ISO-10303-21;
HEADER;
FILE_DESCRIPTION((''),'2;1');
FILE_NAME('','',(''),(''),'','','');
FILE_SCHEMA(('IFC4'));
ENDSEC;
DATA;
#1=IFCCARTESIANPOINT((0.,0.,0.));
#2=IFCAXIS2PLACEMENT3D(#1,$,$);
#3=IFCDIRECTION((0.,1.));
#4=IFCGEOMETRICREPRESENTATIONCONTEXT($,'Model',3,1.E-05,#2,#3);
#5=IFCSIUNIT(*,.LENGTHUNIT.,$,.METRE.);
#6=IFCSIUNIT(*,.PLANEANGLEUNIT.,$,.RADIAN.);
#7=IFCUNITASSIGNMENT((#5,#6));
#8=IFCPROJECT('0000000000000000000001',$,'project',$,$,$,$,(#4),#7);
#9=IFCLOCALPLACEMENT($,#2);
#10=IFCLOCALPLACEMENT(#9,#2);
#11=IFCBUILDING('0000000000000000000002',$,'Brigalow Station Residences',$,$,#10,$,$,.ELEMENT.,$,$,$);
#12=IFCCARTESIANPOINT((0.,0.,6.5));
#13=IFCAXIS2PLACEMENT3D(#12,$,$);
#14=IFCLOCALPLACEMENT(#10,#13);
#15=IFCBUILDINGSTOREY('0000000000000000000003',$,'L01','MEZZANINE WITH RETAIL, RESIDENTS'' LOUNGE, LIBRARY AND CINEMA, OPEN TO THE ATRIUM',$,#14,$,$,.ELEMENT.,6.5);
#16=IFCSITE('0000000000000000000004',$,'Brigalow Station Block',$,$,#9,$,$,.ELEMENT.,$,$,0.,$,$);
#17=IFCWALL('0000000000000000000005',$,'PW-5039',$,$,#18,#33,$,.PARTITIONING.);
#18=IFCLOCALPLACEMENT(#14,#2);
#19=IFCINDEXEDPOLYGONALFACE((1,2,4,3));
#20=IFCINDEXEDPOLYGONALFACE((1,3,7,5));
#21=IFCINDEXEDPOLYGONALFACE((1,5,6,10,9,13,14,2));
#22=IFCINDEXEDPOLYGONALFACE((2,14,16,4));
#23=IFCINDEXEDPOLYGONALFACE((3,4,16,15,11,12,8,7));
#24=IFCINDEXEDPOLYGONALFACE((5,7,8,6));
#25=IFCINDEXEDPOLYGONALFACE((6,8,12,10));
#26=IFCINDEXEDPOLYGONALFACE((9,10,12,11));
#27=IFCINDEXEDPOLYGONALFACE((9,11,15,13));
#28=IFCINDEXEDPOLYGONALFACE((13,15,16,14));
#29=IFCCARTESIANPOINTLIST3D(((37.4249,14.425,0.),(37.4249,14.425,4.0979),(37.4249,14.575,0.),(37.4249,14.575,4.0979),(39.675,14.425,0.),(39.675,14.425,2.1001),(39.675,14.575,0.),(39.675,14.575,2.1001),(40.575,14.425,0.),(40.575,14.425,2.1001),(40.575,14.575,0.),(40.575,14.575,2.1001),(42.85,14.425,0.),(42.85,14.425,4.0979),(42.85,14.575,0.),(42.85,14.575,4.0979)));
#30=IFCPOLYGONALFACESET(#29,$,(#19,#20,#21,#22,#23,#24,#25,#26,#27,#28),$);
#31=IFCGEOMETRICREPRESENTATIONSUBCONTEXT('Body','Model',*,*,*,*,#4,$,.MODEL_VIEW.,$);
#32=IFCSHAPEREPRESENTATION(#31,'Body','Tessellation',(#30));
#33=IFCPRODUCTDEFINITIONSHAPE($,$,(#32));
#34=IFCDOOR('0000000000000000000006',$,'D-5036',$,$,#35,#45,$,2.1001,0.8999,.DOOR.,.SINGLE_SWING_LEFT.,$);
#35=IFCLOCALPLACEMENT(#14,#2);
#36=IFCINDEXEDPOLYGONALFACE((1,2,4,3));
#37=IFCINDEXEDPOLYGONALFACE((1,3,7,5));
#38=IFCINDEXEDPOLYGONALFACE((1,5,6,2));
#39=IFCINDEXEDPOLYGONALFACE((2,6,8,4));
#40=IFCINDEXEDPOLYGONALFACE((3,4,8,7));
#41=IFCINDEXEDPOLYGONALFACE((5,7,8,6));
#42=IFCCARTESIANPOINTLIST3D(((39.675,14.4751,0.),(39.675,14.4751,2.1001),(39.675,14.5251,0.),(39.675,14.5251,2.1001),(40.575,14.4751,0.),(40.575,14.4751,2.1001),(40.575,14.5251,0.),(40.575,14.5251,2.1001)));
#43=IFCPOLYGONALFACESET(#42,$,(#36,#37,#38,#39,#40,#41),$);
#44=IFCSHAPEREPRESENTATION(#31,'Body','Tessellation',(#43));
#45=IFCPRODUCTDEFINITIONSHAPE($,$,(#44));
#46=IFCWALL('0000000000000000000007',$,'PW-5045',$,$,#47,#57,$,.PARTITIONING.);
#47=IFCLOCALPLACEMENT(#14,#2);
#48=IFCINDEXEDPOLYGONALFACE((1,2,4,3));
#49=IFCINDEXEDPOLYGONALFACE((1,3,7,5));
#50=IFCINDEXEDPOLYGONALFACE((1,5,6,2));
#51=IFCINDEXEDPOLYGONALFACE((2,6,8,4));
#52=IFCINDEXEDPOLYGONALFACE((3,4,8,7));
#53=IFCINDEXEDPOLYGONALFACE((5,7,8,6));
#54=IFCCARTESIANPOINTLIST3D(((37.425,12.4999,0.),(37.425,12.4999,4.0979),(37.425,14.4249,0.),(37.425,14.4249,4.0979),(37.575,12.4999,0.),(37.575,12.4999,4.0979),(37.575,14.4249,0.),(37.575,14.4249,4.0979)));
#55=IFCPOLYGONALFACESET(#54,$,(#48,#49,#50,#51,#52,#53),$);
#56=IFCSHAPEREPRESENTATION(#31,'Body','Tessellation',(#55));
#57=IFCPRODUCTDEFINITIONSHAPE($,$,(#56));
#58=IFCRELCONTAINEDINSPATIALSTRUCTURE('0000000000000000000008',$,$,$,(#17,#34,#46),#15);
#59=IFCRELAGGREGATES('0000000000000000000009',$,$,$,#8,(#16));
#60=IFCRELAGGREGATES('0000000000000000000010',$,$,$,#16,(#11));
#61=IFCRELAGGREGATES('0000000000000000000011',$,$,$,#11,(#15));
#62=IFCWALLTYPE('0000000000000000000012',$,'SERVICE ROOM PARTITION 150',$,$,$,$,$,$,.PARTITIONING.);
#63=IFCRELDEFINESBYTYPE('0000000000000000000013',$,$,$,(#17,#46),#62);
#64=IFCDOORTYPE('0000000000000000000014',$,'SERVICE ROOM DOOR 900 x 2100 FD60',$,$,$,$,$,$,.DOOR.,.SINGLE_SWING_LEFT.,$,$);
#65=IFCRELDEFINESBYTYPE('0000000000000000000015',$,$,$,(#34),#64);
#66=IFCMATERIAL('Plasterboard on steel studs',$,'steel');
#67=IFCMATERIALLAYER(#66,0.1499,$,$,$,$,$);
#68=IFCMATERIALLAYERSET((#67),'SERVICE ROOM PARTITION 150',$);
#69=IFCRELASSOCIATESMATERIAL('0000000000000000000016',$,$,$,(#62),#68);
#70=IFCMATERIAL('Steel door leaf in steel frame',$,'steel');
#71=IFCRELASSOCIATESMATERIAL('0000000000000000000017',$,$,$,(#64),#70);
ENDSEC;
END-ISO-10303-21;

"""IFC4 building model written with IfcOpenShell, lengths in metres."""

from ifc_helpers import new_model, si_unit, direction, frame, frame_2d, origin, place, context, subcontext, project, spatial, rectangle, extrude, material, layer, layer_set, type_object, element, fill, save


model = new_model("IFC4")

# Units and contexts
model_context = context("Model", 3, precision=1e-05, world=origin(), true_north=direction((0.0, 1.0)))
body_context = subcontext(model_context, "Body", "Model", "MODEL_VIEW")
ifc_project = project(units=[si_unit("LENGTHUNIT", "METRE"), si_unit("PLANEANGLEUNIT", "RADIAN")], contexts=[model_context])

# Site, building, storey
site_placement = place(None, origin())
site = spatial("IfcSite", under=ifc_project, at=site_placement, Name="Brigalow Station Block", CompositionType="ELEMENT", RefElevation=0.0)
building_placement = place(site_placement, origin())
building = spatial("IfcBuilding", under=site, at=building_placement, Name="Brigalow Station Residences", CompositionType="ELEMENT")
storey_placement = place(building_placement, frame((0.0, 0.0, 6.5)))
storey = spatial("IfcBuildingStorey", under=building, at=storey_placement, Name="L01", Description="MEZZANINE WITH RETAIL, RESIDENTS' LOUNGE, LIBRARY AND CINEMA, OPEN TO THE ATRIUM", CompositionType="ELEMENT", Elevation=6.5)

# Wall, opening, door
ifc_material_1 = material(Name="Plasterboard on steel studs", Category="steel")
ifc_layer_1 = layer(ifc_material_1, 0.1499)
ifc_layer_set_1 = layer_set([ifc_layer_1], Name="SERVICE ROOM PARTITION 150")
wall_type_1 = type_object("IfcWallType", Name="SERVICE ROOM PARTITION 150", PredefinedType="PARTITIONING", material=ifc_layer_set_1)
wall_1_placement = place(storey_placement, frame((37.425, 14.5, 0.0), z_axis=(0.0, 0.0, 1.0), x_axis=(1.0, 0.0, 0.0)))
wall_1 = element("IfcWall", 1, at=wall_1_placement, inside=storey, type_object=wall_type_1, Name="PW-5039", PredefinedType="PARTITIONING", context=body_context, shape_type="SweptSolid", body=[
    extrude(rectangle(XDim=5.425, YDim=0.1499, at=frame_2d((2.7124, 0.0))), origin(), (0.0, 0.0, 1.0), 4.0979),
])
opening_1_placement = place(wall_1_placement, frame((2.25, 0.0, 0.0)))
opening_1 = element("IfcOpeningElement", 2, at=opening_1_placement, cuts=wall_1, PredefinedType="OPENING", context=body_context, shape_type="SweptSolid", body=[
    extrude(rectangle(XDim=0.8999, YDim=2.1001, at=frame_2d((0.45, 1.05))), frame((0.0, 0.085, 0.0), z_axis=(0.0, -1.0, 0.0), x_axis=(1.0, 0.0, 0.0)), (0.0, 0.0, 1.0), 0.1699),
])
ifc_material_2 = material(Name="Steel door leaf in steel frame", Category="steel")
door_type_1 = type_object("IfcDoorType", Name="SERVICE ROOM DOOR 900 x 2100 FD60", OperationType="SINGLE_SWING_LEFT", PredefinedType="DOOR", material=ifc_material_2)
door_1_placement = place(opening_1_placement, frame((0.8999, 0.0, 0.0), z_axis=(0.0, 0.0, 1.0), x_axis=(-1.0, 0.0, 0.0)))
door_1 = element("IfcDoor", 3, at=door_1_placement, inside=storey, type_object=door_type_1, Name="D-5036", OperationType="SINGLE_SWING_LEFT", OverallHeight=2.1001, OverallWidth=0.8999, PredefinedType="DOOR", context=body_context, shape_type="SweptSolid", body=[
    extrude(rectangle(XDim=0.8999, YDim=2.1001, at=frame_2d((0.45, 1.05))), frame((0.0, 0.0249, 0.0), z_axis=(0.0, -1.0, 0.0), x_axis=(1.0, 0.0, 0.0)), (0.0, 0.0, 1.0), 0.05),
])
fill(opening_1, door_1)

# Wall
wall_2_placement = place(storey_placement, frame((37.5, 12.5, 0.0), z_axis=(0.0, 0.0, 1.0), x_axis=(0.0, 1.0, 0.0)))
element("IfcWall", 4, at=wall_2_placement, inside=storey, type_object=wall_type_1, Name="PW-5045", PredefinedType="PARTITIONING", context=body_context, shape_type="SweptSolid", body=[
    extrude(rectangle(XDim=1.925, YDim=0.1499, at=frame_2d((0.9624, 0.0))), origin(), (0.0, 0.0, 1.0), 4.0979),
])

save(model, "model.ifc")
